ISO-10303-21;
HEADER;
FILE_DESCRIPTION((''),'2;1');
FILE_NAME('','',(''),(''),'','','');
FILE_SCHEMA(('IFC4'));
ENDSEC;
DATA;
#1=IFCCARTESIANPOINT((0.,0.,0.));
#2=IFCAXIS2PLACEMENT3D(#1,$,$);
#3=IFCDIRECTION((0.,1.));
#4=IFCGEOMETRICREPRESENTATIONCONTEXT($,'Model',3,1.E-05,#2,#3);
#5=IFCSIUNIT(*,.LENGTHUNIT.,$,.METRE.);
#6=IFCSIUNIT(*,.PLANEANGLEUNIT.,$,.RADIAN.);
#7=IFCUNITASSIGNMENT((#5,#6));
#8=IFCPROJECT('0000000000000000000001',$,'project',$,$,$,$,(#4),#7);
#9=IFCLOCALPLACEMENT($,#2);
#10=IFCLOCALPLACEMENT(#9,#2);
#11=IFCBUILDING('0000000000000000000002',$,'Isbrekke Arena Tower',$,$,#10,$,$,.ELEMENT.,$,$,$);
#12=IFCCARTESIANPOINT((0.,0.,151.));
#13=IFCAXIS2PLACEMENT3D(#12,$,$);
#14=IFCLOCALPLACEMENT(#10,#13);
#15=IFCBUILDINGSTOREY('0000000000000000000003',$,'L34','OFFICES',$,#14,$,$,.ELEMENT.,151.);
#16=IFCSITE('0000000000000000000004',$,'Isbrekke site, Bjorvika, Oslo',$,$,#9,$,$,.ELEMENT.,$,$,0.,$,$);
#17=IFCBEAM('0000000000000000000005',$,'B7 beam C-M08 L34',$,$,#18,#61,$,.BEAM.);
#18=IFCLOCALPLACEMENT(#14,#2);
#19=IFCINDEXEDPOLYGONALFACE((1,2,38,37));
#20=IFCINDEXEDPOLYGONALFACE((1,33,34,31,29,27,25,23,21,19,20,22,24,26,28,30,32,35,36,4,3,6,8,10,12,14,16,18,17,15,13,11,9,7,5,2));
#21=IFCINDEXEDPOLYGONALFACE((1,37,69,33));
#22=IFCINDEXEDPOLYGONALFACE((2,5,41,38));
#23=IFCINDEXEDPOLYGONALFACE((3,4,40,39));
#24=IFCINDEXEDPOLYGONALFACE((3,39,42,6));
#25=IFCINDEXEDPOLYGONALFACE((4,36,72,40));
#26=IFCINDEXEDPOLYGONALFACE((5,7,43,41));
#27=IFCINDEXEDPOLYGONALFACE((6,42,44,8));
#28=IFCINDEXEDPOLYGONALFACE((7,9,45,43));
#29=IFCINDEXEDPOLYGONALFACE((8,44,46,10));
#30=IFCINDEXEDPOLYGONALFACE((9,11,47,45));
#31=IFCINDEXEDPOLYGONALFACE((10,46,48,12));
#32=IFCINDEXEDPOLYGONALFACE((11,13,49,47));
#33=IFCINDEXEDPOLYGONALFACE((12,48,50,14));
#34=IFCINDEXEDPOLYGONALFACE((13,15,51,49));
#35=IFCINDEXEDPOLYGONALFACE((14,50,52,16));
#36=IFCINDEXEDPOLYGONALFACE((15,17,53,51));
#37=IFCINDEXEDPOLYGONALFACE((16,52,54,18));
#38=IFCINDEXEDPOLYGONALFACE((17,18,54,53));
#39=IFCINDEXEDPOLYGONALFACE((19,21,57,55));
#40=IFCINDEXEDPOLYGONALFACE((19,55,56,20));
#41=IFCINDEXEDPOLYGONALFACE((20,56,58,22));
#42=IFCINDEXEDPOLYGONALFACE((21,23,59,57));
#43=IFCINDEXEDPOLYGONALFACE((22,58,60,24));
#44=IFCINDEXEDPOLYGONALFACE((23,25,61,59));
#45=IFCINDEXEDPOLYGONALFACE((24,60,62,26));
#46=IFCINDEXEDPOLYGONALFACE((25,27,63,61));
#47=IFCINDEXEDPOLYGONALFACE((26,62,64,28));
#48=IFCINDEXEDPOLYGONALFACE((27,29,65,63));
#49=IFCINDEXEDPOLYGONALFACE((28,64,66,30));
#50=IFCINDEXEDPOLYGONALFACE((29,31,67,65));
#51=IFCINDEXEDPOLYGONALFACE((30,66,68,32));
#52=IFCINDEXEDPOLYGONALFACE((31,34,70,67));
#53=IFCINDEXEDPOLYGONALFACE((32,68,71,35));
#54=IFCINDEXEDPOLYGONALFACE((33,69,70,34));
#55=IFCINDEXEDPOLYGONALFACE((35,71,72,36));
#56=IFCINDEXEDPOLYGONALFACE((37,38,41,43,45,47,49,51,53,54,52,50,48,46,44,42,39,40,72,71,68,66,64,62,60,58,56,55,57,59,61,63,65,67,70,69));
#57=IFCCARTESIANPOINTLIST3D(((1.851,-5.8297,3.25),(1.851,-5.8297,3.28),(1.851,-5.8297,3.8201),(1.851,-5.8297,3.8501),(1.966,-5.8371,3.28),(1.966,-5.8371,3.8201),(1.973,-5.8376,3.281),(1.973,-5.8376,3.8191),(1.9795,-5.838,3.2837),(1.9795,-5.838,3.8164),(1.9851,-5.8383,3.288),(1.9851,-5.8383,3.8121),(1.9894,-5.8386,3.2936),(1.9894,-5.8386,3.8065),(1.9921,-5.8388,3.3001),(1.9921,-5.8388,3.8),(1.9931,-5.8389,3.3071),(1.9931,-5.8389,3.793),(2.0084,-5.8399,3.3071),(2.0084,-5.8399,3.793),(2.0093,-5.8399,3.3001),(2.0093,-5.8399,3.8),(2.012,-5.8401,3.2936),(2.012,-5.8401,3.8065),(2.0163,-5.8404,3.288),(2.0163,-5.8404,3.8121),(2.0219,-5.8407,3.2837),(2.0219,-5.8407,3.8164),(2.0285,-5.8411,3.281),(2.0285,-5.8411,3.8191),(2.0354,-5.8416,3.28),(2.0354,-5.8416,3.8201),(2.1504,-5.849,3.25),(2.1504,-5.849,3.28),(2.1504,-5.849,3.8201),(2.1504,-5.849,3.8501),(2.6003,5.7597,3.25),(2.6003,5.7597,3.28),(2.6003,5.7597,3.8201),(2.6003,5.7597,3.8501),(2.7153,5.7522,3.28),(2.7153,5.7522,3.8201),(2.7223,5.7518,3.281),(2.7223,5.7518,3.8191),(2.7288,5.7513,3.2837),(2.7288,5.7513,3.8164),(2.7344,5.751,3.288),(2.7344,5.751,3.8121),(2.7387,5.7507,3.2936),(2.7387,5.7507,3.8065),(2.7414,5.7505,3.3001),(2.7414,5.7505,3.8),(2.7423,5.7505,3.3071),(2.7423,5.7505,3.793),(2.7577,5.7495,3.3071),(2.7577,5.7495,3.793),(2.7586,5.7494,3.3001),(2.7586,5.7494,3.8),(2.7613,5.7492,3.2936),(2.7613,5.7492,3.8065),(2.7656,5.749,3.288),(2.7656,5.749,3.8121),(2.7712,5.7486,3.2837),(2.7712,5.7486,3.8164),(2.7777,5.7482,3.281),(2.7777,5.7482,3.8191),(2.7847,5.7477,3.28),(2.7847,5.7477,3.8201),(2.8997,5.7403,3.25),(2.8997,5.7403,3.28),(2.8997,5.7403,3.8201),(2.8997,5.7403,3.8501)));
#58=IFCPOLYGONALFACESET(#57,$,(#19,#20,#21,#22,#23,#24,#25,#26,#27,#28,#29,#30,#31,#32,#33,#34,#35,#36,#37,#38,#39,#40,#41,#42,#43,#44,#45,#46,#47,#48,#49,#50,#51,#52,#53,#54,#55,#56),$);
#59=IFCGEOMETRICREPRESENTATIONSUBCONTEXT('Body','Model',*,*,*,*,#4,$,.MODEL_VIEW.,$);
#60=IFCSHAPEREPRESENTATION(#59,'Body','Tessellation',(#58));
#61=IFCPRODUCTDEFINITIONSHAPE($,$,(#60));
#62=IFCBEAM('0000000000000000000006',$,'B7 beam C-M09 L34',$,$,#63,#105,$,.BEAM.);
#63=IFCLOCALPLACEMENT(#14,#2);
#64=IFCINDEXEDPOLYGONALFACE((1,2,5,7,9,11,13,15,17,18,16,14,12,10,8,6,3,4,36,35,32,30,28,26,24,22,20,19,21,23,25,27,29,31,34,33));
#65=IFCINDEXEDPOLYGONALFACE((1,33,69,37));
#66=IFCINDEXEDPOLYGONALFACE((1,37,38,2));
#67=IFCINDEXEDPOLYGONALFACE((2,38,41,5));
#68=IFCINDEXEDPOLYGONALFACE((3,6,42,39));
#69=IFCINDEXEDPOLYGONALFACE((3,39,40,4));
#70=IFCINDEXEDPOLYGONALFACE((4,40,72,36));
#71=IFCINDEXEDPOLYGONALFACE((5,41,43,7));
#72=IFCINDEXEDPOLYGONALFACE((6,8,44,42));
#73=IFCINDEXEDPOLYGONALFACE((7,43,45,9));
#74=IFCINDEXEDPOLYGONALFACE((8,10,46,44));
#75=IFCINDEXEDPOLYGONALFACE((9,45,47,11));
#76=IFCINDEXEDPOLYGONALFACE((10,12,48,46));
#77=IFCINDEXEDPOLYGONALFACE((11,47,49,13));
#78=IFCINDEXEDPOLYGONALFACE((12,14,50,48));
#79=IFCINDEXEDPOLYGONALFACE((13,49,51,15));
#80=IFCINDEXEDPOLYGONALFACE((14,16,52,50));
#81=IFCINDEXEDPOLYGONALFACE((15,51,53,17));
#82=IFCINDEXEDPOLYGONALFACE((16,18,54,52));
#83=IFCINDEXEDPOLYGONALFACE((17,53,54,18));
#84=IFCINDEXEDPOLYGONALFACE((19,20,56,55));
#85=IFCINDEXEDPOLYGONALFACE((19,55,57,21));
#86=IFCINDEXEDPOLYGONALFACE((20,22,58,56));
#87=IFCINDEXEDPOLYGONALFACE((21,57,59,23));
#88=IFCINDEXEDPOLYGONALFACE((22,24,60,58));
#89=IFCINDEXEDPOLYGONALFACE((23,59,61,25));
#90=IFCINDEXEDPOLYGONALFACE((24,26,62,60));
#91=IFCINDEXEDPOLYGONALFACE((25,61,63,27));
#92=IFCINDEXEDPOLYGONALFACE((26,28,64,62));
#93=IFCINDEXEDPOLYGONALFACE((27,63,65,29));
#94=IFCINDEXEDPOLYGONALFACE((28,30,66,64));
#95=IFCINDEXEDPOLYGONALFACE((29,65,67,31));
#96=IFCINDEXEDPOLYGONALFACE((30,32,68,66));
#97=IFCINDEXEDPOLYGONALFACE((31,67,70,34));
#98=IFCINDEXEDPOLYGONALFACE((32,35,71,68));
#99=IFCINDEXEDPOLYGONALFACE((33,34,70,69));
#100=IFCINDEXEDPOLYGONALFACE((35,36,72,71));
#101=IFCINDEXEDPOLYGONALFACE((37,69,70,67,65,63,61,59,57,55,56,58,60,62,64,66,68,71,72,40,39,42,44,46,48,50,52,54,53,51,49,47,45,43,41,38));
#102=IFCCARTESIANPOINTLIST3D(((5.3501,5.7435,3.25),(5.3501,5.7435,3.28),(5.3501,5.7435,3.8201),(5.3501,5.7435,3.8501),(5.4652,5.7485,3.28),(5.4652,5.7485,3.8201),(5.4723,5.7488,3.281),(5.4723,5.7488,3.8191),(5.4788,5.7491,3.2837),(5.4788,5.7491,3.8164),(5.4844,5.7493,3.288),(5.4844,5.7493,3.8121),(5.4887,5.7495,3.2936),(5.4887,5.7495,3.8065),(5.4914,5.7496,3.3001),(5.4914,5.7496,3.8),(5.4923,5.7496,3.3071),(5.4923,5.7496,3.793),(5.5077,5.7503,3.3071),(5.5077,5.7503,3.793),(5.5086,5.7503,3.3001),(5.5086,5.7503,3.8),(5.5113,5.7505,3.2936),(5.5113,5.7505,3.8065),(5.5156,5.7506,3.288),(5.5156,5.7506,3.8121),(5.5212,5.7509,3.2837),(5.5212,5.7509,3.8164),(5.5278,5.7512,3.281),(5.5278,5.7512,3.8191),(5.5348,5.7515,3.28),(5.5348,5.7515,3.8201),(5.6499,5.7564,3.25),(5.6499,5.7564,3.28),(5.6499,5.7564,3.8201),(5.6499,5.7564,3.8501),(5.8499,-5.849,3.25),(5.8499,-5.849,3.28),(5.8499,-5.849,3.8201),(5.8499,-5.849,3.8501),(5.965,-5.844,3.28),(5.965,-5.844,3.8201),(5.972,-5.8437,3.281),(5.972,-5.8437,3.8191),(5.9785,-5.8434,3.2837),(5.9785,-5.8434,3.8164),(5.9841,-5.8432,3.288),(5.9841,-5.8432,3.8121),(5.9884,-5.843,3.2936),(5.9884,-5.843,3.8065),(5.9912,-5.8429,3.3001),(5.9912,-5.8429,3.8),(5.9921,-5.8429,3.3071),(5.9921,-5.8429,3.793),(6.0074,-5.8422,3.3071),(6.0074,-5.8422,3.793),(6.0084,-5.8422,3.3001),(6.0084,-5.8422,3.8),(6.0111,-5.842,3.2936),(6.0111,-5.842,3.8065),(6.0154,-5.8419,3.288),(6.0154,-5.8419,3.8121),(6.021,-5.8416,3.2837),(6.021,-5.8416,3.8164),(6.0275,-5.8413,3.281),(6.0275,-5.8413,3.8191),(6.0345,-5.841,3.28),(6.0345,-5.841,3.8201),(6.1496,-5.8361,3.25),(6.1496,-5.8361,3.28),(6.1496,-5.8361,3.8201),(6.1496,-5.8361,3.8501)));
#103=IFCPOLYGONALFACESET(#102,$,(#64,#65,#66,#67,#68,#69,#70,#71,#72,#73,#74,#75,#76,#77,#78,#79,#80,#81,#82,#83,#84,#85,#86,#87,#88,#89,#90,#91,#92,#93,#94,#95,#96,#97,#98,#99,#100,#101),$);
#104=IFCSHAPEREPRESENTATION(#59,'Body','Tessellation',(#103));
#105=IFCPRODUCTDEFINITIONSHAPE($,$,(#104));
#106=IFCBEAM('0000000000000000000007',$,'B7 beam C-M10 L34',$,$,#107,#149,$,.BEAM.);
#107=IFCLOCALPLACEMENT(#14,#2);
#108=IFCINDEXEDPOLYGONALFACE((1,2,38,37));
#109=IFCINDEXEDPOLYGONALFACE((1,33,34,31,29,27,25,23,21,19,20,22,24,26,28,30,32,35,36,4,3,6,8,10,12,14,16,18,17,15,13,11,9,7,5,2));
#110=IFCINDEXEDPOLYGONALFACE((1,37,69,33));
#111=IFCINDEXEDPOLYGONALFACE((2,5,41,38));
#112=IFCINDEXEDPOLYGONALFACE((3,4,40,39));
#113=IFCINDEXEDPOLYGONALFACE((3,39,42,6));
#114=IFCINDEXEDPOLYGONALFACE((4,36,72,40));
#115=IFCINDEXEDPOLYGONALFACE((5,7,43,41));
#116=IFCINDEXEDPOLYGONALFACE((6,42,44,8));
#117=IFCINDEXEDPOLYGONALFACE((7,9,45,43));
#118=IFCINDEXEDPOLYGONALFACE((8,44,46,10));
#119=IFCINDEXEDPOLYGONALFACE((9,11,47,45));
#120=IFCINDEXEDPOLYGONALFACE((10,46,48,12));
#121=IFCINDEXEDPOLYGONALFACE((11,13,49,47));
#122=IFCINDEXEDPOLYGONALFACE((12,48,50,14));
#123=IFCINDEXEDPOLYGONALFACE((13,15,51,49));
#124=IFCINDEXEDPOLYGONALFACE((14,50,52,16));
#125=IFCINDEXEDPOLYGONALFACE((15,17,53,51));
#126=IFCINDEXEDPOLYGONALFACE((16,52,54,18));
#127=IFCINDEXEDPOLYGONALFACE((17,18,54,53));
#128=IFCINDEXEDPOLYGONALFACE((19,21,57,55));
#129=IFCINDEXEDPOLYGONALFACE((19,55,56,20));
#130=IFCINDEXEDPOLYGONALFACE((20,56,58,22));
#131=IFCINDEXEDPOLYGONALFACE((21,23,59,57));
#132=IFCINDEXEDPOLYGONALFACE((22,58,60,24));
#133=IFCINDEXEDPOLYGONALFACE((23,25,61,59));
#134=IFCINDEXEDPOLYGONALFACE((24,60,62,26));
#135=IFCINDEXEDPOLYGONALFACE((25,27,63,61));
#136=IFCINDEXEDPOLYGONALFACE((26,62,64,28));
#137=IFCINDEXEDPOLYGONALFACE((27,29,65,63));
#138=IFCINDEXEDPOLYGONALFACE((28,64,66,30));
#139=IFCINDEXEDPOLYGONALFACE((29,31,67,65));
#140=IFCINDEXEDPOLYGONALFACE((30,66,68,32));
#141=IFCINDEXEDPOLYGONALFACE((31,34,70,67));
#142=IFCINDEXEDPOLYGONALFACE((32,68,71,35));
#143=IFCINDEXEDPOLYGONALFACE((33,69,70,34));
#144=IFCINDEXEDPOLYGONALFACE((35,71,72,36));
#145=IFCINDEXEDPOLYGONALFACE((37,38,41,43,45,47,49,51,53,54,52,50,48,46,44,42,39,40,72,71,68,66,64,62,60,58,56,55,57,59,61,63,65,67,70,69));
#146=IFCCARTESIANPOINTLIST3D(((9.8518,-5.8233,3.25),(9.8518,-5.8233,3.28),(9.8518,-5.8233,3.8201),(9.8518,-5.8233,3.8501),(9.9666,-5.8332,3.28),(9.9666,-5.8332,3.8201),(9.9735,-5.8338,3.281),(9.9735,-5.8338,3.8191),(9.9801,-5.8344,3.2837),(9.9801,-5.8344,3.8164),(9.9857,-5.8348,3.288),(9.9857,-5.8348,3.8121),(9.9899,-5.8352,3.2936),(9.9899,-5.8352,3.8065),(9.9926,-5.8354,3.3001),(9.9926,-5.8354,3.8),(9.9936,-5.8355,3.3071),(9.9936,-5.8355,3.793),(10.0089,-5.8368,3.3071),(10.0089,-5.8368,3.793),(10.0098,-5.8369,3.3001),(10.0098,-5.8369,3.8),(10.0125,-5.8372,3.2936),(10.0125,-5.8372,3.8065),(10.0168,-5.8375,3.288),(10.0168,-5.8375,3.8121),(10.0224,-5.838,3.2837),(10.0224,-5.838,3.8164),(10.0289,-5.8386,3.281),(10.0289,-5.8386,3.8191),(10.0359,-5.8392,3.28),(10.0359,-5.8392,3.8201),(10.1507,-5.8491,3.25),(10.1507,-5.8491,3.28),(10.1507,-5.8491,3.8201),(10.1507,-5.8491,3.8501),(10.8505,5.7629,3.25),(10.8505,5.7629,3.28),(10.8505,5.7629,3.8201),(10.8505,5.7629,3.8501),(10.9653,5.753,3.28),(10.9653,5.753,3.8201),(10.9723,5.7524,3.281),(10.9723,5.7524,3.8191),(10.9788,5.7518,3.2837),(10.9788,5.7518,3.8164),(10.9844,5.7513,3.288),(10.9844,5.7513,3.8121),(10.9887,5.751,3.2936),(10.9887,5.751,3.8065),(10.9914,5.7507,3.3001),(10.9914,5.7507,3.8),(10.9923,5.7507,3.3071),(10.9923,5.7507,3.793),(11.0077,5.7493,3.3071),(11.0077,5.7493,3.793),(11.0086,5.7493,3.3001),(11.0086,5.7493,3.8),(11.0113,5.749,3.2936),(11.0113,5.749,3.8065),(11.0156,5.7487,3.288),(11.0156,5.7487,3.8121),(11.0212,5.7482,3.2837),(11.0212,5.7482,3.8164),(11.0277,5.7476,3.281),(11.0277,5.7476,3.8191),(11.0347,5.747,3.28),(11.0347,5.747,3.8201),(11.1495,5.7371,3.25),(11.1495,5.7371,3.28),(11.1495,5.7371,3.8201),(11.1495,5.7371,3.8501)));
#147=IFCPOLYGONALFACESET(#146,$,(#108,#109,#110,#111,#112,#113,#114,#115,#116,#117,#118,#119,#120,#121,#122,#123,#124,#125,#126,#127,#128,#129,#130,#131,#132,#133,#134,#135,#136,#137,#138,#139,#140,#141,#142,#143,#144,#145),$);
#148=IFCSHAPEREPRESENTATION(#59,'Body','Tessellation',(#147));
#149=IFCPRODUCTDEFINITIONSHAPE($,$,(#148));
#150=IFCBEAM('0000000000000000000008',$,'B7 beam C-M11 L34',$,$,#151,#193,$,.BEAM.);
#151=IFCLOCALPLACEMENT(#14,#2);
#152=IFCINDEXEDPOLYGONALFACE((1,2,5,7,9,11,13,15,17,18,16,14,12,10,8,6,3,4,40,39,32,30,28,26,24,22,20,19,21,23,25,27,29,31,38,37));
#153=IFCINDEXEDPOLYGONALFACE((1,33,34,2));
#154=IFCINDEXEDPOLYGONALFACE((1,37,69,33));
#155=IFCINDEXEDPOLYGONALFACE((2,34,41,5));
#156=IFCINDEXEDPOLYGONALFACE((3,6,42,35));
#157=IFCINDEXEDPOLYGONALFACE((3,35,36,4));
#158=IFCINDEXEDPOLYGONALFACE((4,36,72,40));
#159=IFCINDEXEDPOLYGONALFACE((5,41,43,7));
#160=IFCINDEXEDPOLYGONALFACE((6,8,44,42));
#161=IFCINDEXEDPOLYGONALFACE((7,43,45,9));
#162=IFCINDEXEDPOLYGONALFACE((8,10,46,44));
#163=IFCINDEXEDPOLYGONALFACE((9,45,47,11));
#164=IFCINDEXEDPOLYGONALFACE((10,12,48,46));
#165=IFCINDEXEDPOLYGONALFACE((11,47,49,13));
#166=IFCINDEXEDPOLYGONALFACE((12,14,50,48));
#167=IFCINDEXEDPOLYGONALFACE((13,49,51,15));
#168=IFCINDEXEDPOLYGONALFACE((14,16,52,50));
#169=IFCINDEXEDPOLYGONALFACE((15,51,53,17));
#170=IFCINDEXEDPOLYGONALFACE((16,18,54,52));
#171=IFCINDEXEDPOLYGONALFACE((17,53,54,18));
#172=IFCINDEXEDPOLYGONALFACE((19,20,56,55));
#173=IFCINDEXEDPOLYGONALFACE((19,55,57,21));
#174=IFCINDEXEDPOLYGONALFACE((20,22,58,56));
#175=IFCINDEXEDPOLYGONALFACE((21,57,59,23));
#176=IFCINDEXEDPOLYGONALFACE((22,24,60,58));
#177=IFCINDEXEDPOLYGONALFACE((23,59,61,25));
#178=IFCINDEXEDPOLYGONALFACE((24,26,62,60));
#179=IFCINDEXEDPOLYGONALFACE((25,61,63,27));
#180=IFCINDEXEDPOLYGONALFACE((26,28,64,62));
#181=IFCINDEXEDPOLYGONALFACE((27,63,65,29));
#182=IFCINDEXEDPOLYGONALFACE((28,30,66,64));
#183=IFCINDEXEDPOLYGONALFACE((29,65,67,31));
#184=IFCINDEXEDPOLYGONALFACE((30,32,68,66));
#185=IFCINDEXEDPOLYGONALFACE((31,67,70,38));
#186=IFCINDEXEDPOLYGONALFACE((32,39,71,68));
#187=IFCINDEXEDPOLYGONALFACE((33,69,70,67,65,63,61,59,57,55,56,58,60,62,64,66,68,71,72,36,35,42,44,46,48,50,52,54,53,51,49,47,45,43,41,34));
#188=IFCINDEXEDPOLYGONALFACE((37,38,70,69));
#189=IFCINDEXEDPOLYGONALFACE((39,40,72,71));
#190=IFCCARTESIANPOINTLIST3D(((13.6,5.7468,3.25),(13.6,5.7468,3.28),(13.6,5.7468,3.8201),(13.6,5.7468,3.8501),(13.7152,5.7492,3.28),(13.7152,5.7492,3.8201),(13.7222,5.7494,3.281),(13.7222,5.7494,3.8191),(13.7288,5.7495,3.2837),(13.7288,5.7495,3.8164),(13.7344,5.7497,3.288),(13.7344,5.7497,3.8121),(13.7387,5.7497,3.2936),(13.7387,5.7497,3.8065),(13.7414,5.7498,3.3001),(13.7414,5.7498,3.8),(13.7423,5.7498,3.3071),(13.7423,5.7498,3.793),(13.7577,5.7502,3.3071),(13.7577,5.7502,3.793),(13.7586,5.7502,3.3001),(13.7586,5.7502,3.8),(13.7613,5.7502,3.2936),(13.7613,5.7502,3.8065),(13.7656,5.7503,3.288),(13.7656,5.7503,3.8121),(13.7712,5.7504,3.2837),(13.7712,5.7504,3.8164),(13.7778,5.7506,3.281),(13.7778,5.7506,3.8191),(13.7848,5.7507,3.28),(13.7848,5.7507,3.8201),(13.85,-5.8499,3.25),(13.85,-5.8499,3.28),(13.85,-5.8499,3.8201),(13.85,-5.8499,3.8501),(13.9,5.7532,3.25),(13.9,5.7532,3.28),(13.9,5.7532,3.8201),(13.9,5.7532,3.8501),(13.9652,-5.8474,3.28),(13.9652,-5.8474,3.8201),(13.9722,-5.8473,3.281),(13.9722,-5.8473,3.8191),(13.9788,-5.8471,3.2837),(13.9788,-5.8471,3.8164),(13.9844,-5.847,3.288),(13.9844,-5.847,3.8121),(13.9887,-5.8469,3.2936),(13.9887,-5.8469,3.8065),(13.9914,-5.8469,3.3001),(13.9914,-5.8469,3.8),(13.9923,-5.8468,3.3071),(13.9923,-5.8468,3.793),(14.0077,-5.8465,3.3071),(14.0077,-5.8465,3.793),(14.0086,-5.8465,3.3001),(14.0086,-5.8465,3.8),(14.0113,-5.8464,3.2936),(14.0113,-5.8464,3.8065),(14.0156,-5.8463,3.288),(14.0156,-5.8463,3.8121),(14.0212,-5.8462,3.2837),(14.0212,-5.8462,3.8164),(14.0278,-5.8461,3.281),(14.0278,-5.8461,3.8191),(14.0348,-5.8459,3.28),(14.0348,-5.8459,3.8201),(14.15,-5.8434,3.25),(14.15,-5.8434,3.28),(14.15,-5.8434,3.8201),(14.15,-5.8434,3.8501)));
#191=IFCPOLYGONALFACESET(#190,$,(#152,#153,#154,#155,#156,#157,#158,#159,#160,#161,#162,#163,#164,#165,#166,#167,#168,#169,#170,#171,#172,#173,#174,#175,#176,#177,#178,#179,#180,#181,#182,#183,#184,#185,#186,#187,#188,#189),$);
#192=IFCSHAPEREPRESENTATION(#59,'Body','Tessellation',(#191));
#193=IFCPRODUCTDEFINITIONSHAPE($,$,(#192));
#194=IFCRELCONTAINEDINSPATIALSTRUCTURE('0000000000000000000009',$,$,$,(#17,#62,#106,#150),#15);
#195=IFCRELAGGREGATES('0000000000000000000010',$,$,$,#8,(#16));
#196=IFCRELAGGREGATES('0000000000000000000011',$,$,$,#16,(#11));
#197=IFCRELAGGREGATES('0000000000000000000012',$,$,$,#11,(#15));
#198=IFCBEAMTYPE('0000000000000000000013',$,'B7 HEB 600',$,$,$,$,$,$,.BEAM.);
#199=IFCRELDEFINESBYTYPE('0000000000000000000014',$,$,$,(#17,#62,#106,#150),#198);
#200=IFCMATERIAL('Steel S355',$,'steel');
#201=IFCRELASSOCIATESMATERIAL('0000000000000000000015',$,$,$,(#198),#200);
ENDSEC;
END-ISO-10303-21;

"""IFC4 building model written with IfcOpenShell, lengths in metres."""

from ifc_helpers import new_model, si_unit, direction, frame, origin, origin_2d, place, context, subcontext, project, spatial, i_section, extrude, material, material_profile, profile_set, type_object, element, save


model = new_model("IFC4")

# Units and contexts
model_context = context("Model", 3, precision=1e-05, world=origin(), true_north=direction((0.0, 1.0)))
body_context = subcontext(model_context, "Body", "Model", "MODEL_VIEW")
ifc_project = project(units=[si_unit("LENGTHUNIT", "METRE"), si_unit("PLANEANGLEUNIT", "RADIAN")], contexts=[model_context])

# Site, building, storey
site_placement = place(None, origin())
site = spatial("IfcSite", under=ifc_project, at=site_placement, Name="Isbrekke site, Bjorvika, Oslo", CompositionType="ELEMENT", RefElevation=0.0)
building_placement = place(site_placement, origin())
building = spatial("IfcBuilding", under=site, at=building_placement, Name="Isbrekke Arena Tower", CompositionType="ELEMENT")
storey_placement = place(building_placement, frame((0.0, 0.0, 151.0)))
storey = spatial("IfcBuildingStorey", under=building, at=storey_placement, Name="L34", Description="OFFICES", CompositionType="ELEMENT", Elevation=151.0)

# Beams
ifc_material_1 = material(Name="Steel S355", Category="steel")
ifc_material_profile_1 = material_profile(ifc_material_1, i_section(OverallWidth=0.3, OverallDepth=0.6001, WebThickness=0.0154, FlangeThickness=0.03, FilletRadius=0.0271, at=origin_2d()), Name="HEB 600")
ifc_profile_set_1 = profile_set([ifc_material_profile_1], Name="Steel S355")
beam_type_1 = type_object("IfcBeamType", Name="B7 HEB 600", PredefinedType="BEAM", material=ifc_profile_set_1)
beam_1_placement = place(storey_placement, frame((2.0007, -5.8394, 3.55), z_axis=(0.064517, 0.997917, 0.0), x_axis=(-0.997917, 0.064517, 0.0)))
element("IfcBeam", 1, at=beam_1_placement, inside=storey, type_object=beam_type_1, Name="B7 beam C-M08 L34", PredefinedType="BEAM", context=body_context, shape_type="SweptSolid", body=[
    extrude(i_section(OverallWidth=0.3, OverallDepth=0.6001, WebThickness=0.0154, FlangeThickness=0.03, FilletRadius=0.0271, at=origin_2d()), origin(), (0.0, 0.0, 1.0), 11.6135),
])
beam_2_placement = place(storey_placement, frame((5.9998, -5.8425, 3.55), z_axis=(-0.04307, 0.999072, 0.0), x_axis=(-0.999072, -0.04307, 0.0)))
element("IfcBeam", 2, at=beam_2_placement, inside=storey, type_object=beam_type_1, Name="B7 beam C-M09 L34", PredefinedType="BEAM", context=body_context, shape_type="SweptSolid", body=[
    extrude(i_section(OverallWidth=0.3, OverallDepth=0.6001, WebThickness=0.0154, FlangeThickness=0.03, FilletRadius=0.0271, at=origin_2d()), origin(), (0.0, 0.0, 1.0), 11.6033),
])
beam_3_placement = place(storey_placement, frame((10.0012, -5.8362, 3.55), z_axis=(0.085886, 0.996305, 0.0), x_axis=(-0.996305, 0.085886, 0.0)))
element("IfcBeam", 3, at=beam_3_placement, inside=storey, type_object=beam_type_1, Name="B7 beam C-M10 L34", PredefinedType="BEAM", context=body_context, shape_type="SweptSolid", body=[
    extrude(i_section(OverallWidth=0.3, OverallDepth=0.6001, WebThickness=0.0154, FlangeThickness=0.03, FilletRadius=0.0271, at=origin_2d()), origin(), (0.0, 0.0, 1.0), 11.6292),
])
beam_4_placement = place(storey_placement, frame((14.0, -5.8467, 3.55), z_axis=(-0.021553, 0.999768, 0.0), x_axis=(-0.999768, -0.021553, 0.0)))
element("IfcBeam", 4, at=beam_4_placement, inside=storey, type_object=beam_type_1, Name="B7 beam C-M11 L34", PredefinedType="BEAM", context=body_context, shape_type="SweptSolid", body=[
    extrude(i_section(OverallWidth=0.3, OverallDepth=0.6001, WebThickness=0.0154, FlangeThickness=0.03, FilletRadius=0.0271, at=origin_2d()), origin(), (0.0, 0.0, 1.0), 11.5994),
])

save(model, "model.ifc")
